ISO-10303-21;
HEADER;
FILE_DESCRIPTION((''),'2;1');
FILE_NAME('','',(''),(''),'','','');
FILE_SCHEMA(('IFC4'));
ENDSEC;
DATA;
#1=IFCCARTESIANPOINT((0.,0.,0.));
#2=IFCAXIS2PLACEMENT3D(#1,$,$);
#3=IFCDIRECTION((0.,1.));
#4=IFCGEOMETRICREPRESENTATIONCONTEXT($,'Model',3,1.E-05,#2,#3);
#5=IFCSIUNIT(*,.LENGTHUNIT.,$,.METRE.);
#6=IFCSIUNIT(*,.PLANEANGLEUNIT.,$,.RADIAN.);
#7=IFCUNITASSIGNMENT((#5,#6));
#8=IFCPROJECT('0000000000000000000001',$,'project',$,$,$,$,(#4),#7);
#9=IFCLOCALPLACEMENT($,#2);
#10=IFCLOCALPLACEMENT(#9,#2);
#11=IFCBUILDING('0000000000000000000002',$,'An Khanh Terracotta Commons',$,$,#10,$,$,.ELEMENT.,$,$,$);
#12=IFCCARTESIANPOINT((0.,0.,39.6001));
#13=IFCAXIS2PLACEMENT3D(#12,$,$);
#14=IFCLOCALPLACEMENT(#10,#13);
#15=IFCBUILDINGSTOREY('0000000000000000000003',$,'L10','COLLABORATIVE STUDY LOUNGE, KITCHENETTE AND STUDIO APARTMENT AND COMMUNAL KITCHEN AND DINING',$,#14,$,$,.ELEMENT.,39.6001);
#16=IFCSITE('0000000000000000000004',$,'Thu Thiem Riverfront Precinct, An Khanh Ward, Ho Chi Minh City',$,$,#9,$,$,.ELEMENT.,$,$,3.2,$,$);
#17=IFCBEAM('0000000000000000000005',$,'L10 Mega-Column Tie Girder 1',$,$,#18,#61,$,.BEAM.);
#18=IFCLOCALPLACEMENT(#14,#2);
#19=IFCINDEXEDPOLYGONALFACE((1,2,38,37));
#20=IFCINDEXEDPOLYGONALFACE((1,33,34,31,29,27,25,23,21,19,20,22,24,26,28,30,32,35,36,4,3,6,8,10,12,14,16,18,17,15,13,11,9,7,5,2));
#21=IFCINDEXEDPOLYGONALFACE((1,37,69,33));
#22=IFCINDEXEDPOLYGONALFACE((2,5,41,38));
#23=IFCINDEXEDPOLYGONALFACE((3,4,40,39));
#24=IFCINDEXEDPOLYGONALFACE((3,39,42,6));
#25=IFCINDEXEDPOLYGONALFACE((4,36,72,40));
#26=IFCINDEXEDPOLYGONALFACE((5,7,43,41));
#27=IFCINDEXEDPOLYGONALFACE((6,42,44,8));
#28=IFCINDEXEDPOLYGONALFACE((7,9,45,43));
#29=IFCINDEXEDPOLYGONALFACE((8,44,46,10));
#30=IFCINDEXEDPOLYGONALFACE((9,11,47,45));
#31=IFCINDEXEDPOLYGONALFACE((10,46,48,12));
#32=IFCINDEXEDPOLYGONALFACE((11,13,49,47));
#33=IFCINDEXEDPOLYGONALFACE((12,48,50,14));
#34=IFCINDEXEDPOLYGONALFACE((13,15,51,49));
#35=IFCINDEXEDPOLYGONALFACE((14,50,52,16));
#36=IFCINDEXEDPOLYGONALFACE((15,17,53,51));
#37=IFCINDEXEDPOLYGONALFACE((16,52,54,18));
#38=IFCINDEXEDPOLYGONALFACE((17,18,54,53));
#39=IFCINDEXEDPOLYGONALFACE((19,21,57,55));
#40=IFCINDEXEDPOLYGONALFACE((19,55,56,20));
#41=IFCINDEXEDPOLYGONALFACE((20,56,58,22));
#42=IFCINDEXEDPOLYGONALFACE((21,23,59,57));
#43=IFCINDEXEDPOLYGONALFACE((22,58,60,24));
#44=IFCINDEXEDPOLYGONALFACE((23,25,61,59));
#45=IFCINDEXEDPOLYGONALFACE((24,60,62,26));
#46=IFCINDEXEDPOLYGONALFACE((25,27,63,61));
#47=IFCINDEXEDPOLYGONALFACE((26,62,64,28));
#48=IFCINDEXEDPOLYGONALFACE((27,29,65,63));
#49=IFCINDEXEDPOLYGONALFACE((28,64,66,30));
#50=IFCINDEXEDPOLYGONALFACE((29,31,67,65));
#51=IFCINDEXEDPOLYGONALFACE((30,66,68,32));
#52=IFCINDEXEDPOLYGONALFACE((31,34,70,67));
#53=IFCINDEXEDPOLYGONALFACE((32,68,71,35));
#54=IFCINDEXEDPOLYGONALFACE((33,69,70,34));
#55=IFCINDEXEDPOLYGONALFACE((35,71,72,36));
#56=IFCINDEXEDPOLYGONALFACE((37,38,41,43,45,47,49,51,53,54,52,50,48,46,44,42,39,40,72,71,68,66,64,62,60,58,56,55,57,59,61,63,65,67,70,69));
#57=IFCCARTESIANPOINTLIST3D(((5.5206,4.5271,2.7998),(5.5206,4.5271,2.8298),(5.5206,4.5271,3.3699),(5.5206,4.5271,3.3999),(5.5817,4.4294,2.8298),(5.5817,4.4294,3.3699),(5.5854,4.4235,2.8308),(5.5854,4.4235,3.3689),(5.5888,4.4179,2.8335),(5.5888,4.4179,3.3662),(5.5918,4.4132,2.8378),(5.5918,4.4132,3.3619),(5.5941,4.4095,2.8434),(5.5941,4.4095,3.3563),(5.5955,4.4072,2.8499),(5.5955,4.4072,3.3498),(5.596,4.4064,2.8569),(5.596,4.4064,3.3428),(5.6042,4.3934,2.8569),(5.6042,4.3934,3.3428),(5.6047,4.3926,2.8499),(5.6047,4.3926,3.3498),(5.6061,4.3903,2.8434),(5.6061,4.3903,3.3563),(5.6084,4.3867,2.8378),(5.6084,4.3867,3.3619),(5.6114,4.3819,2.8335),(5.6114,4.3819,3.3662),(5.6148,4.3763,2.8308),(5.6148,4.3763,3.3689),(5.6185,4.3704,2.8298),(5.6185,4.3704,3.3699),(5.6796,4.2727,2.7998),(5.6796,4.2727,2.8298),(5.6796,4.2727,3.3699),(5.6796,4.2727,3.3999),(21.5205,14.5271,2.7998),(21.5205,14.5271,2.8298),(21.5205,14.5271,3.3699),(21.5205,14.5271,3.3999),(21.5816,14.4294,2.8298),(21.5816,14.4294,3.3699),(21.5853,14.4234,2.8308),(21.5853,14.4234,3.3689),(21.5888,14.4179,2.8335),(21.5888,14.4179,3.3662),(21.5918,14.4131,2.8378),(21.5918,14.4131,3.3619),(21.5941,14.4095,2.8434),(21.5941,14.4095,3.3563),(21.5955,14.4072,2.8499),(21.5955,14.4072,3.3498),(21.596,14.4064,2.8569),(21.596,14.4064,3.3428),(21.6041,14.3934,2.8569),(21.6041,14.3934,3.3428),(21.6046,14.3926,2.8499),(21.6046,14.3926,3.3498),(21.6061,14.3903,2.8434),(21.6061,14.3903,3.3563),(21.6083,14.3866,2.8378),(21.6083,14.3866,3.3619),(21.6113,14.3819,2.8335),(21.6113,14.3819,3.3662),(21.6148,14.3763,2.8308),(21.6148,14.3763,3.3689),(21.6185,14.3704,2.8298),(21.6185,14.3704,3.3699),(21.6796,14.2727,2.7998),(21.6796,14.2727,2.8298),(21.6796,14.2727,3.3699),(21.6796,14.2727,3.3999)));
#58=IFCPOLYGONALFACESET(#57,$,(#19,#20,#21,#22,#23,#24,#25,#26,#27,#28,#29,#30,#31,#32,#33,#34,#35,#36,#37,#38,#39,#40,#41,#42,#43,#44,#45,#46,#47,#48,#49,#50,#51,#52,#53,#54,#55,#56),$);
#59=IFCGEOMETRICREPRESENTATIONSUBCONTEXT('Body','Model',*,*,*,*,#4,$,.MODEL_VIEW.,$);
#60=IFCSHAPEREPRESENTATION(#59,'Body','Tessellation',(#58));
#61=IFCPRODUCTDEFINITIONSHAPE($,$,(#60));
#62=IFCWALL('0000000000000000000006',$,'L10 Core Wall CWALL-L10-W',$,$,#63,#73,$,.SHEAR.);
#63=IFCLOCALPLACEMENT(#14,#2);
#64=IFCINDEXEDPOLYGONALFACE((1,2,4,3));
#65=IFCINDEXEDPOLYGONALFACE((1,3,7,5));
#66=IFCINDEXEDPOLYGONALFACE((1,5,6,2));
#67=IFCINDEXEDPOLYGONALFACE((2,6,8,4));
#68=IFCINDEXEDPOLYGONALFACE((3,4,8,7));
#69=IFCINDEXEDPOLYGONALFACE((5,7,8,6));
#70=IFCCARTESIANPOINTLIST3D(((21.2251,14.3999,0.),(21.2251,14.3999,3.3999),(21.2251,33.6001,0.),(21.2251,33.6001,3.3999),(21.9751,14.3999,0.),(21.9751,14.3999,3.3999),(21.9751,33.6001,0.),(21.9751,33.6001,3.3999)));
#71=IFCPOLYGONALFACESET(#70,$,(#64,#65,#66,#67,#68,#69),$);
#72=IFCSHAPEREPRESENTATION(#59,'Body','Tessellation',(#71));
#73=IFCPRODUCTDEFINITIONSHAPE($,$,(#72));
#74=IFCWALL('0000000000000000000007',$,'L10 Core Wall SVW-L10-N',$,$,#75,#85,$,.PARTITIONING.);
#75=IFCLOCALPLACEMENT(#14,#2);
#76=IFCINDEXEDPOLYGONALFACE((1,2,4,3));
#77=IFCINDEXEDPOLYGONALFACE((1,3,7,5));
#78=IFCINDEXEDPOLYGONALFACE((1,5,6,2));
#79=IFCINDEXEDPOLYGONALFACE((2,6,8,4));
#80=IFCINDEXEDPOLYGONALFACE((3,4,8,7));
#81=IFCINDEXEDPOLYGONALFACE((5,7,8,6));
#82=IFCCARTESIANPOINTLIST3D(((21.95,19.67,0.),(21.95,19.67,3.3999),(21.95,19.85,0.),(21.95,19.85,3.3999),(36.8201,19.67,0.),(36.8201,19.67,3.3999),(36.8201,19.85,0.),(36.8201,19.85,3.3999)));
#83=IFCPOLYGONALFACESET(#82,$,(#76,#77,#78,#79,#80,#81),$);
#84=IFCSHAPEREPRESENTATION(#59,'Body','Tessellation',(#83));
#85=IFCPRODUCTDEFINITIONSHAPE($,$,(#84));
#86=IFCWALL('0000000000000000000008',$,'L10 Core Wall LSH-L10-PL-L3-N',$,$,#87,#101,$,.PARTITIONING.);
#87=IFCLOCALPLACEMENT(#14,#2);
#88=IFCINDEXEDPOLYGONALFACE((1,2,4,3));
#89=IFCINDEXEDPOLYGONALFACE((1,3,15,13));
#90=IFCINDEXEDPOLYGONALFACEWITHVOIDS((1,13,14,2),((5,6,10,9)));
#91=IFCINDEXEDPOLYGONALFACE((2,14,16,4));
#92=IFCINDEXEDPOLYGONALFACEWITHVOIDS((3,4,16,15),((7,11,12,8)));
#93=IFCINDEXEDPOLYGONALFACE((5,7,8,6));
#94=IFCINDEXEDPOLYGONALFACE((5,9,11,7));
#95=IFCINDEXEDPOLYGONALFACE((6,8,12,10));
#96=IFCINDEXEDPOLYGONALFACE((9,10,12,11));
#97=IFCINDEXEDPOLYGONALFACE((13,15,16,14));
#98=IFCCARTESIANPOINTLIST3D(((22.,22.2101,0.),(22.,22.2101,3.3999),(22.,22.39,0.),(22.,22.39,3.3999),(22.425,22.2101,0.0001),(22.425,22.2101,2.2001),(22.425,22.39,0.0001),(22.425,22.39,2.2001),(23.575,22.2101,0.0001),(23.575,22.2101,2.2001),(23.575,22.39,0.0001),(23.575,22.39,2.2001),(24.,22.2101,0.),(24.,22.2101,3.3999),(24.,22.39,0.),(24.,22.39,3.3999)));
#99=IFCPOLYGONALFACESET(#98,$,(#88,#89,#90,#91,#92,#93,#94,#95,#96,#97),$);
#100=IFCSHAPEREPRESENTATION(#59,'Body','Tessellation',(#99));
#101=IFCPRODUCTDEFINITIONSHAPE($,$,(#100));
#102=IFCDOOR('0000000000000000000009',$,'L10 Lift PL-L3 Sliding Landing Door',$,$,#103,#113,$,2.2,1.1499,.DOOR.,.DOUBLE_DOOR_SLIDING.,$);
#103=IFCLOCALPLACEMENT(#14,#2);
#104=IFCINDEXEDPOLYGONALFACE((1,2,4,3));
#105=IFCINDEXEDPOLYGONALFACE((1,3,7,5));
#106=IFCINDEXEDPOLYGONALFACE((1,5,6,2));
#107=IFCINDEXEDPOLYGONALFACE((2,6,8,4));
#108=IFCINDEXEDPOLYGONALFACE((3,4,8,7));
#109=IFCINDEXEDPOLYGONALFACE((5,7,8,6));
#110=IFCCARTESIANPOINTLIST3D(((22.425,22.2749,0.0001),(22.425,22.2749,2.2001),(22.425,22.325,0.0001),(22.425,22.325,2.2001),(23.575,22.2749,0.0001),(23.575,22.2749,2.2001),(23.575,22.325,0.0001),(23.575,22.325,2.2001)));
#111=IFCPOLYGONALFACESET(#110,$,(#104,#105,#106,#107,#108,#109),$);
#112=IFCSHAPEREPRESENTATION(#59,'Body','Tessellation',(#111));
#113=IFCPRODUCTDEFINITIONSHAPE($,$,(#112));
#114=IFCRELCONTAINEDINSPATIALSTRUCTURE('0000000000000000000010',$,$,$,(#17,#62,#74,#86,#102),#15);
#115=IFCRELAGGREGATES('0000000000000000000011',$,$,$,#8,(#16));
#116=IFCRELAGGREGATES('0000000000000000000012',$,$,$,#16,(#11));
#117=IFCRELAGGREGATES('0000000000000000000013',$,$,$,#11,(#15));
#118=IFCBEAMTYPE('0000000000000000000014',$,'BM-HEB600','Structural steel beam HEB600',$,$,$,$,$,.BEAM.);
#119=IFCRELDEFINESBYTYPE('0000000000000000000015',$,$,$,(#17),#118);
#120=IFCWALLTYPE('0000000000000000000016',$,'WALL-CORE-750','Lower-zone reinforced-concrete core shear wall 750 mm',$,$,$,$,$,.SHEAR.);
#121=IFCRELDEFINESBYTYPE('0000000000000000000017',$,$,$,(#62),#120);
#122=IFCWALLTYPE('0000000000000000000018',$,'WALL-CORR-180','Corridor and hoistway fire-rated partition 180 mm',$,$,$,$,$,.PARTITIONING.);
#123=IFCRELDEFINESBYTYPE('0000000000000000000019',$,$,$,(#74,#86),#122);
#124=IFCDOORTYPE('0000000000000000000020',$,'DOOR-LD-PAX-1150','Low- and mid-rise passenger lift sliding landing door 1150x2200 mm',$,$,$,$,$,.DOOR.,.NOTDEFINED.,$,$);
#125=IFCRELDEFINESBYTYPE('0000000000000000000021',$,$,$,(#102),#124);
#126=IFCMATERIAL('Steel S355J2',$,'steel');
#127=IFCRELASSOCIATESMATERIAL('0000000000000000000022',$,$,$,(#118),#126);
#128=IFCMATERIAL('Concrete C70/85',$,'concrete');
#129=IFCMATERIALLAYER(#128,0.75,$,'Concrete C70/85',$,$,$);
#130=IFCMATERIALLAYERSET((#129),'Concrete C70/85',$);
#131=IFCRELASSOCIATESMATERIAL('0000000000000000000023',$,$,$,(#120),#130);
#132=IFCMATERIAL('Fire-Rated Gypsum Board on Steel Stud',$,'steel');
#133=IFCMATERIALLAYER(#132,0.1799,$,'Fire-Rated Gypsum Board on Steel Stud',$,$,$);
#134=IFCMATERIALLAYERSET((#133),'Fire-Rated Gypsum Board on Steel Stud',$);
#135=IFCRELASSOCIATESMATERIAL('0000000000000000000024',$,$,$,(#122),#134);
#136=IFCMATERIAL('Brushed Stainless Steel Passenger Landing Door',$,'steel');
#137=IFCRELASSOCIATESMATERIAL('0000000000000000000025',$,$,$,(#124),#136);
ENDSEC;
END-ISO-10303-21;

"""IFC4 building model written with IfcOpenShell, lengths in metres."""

from ifc_helpers import new_model, si_unit, direction, frame, frame_2d, origin, origin_2d, place, context, subcontext, project, spatial, rectangle, i_section, extrude, material, layer, layer_set, material_profile, profile_set, type_object, element, fill, save


model = new_model("IFC4")

# Units and contexts
model_context = context("Model", 3, precision=1e-05, world=origin(), true_north=direction((0.0, 1.0)))
body_context = subcontext(model_context, "Body", "Model", "MODEL_VIEW")
ifc_project = project(units=[si_unit("LENGTHUNIT", "METRE"), si_unit("PLANEANGLEUNIT", "RADIAN")], contexts=[model_context])

# Site, building, storey
site_placement = place(None, origin())
site = spatial("IfcSite", under=ifc_project, at=site_placement, Name="Thu Thiem Riverfront Precinct, An Khanh Ward, Ho Chi Minh City", CompositionType="ELEMENT", RefElevation=3.2)
building_placement = place(site_placement, origin())
building = spatial("IfcBuilding", under=site, at=building_placement, Name="An Khanh Terracotta Commons", CompositionType="ELEMENT")
storey_placement = place(building_placement, frame((0.0, 0.0, 39.6001)))
storey = spatial("IfcBuildingStorey", under=building, at=storey_placement, Name="L10", Description="COLLABORATIVE STUDY LOUNGE, KITCHENETTE AND STUDIO APARTMENT AND COMMUNAL KITCHEN AND DINING", CompositionType="ELEMENT", Elevation=39.6001)

# Shared definitions
ifc_material_1 = material(Name="Concrete C70/85", Category="concrete")

# Beam
ifc_material_2 = material(Name="Steel S355J2", Category="steel")
ifc_material_profile_1 = material_profile(ifc_material_2, i_section(OverallWidth=0.3, OverallDepth=0.6001, WebThickness=0.0154, FlangeThickness=0.03, FilletRadius=0.0271, at=origin_2d()), Name="HEB600")
ifc_profile_set_1 = profile_set([ifc_material_profile_1], Name="Steel S355J2")
beam_type_1 = type_object("IfcBeamType", Name="BM-HEB600", Description="Structural steel beam HEB600", PredefinedType="BEAM", material=ifc_profile_set_1)
beam_1_placement = place(storey_placement, frame((5.6001, 4.3999, 3.0999), z_axis=(0.847998, 0.529999, 0.0), x_axis=(-0.529999, 0.847998, 0.0)))
element("IfcBeam", 1, at=beam_1_placement, inside=storey, type_object=beam_type_1, Name="L10 Mega-Column Tie Girder 1", PredefinedType="BEAM", context=body_context, shape_type="SweptSolid", body=[
    extrude(i_section(OverallWidth=0.3, OverallDepth=0.6001, WebThickness=0.0154, FlangeThickness=0.03, FilletRadius=0.0271, at=origin_2d()), origin(), (0.0, 0.0, 1.0), 18.8679),
])

# Walls
ifc_layer_1 = layer(ifc_material_1, 0.75, Name="Concrete C70/85")
ifc_layer_set_1 = layer_set([ifc_layer_1], Name="Concrete C70/85")
wall_type_1 = type_object("IfcWallType", Name="WALL-CORE-750", Description="Lower-zone reinforced-concrete core shear wall 750 mm", PredefinedType="SHEAR", material=ifc_layer_set_1)
wall_1_placement = place(storey_placement, frame((21.6001, 14.3999, 0.0), z_axis=(0.0, 0.0, 1.0), x_axis=(0.0, 1.0, 0.0)))
element("IfcWall", 2, at=wall_1_placement, inside=storey, type_object=wall_type_1, Name="L10 Core Wall CWALL-L10-W", PredefinedType="SHEAR", context=body_context, shape_type="SweptSolid", body=[
    extrude(rectangle(XDim=19.2002, YDim=0.75, at=frame_2d((9.6001, 0.0))), origin(), (0.0, 0.0, 1.0), 3.3999),
])
ifc_material_3 = material(Name="Fire-Rated Gypsum Board on Steel Stud", Category="steel")
ifc_layer_2 = layer(ifc_material_3, 0.1799, Name="Fire-Rated Gypsum Board on Steel Stud")
ifc_layer_set_2 = layer_set([ifc_layer_2], Name="Fire-Rated Gypsum Board on Steel Stud")
wall_type_2 = type_object("IfcWallType", Name="WALL-CORR-180", Description="Corridor and hoistway fire-rated partition 180 mm", PredefinedType="PARTITIONING", material=ifc_layer_set_2)
wall_2_placement = place(storey_placement, frame((21.95, 19.76, 0.0), z_axis=(0.0, 0.0, 1.0), x_axis=(1.0, 0.0, 0.0)))
element("IfcWall", 3, at=wall_2_placement, inside=storey, type_object=wall_type_2, Name="L10 Core Wall SVW-L10-N", PredefinedType="PARTITIONING", context=body_context, shape_type="SweptSolid", body=[
    extrude(rectangle(XDim=14.8701, YDim=0.1799, at=frame_2d((7.4351, 0.0))), origin(), (0.0, 0.0, 1.0), 3.3999),
])

# Wall, opening, door
wall_3_placement = place(storey_placement, frame((22.0, 22.3, 0.0), z_axis=(0.0, 0.0, 1.0), x_axis=(1.0, 0.0, 0.0)))
wall_3 = element("IfcWall", 4, at=wall_3_placement, inside=storey, type_object=wall_type_2, Name="L10 Core Wall LSH-L10-PL-L3-N", PredefinedType="PARTITIONING", context=body_context, shape_type="SweptSolid", body=[
    extrude(rectangle(XDim=2.0, YDim=0.1799, at=frame_2d((1.0, 0.0))), origin(), (0.0, 0.0, 1.0), 3.3999),
])
opening_1_placement = place(wall_3_placement, frame((0.425, 0.0, 0.0)))
opening_1 = element("IfcOpeningElement", 5, at=opening_1_placement, cuts=wall_3, PredefinedType="OPENING", context=body_context, shape_type="SweptSolid", body=[
    extrude(rectangle(XDim=1.1499, YDim=2.2, at=frame_2d((0.575, 1.1001))), frame((0.0, 0.0999, 0.0), z_axis=(0.0, -1.0, 0.0), x_axis=(1.0, 0.0, 0.0)), (0.0, 0.0, 1.0), 0.2),
])
ifc_material_4 = material(Name="Brushed Stainless Steel Passenger Landing Door", Category="steel")
door_type_1 = type_object("IfcDoorType", Name="DOOR-LD-PAX-1150", Description="Low- and mid-rise passenger lift sliding landing door 1150x2200 mm", OperationType="NOTDEFINED", PredefinedType="DOOR", material=ifc_material_4)
door_1_placement = place(opening_1_placement, origin())
door_1 = element("IfcDoor", 6, at=door_1_placement, inside=storey, type_object=door_type_1, Name="L10 Lift PL-L3 Sliding Landing Door", OperationType="DOUBLE_DOOR_SLIDING", OverallHeight=2.2, OverallWidth=1.1499, PredefinedType="DOOR", context=body_context, shape_type="SweptSolid", body=[
    extrude(rectangle(XDim=1.1499, YDim=2.2, at=frame_2d((0.575, 1.1001))), frame((0.0, 0.0249, 0.0), z_axis=(0.0, -1.0, 0.0), x_axis=(1.0, 0.0, 0.0)), (0.0, 0.0, 1.0), 0.05),
])
fill(opening_1, door_1)

save(model, "model.ifc")
